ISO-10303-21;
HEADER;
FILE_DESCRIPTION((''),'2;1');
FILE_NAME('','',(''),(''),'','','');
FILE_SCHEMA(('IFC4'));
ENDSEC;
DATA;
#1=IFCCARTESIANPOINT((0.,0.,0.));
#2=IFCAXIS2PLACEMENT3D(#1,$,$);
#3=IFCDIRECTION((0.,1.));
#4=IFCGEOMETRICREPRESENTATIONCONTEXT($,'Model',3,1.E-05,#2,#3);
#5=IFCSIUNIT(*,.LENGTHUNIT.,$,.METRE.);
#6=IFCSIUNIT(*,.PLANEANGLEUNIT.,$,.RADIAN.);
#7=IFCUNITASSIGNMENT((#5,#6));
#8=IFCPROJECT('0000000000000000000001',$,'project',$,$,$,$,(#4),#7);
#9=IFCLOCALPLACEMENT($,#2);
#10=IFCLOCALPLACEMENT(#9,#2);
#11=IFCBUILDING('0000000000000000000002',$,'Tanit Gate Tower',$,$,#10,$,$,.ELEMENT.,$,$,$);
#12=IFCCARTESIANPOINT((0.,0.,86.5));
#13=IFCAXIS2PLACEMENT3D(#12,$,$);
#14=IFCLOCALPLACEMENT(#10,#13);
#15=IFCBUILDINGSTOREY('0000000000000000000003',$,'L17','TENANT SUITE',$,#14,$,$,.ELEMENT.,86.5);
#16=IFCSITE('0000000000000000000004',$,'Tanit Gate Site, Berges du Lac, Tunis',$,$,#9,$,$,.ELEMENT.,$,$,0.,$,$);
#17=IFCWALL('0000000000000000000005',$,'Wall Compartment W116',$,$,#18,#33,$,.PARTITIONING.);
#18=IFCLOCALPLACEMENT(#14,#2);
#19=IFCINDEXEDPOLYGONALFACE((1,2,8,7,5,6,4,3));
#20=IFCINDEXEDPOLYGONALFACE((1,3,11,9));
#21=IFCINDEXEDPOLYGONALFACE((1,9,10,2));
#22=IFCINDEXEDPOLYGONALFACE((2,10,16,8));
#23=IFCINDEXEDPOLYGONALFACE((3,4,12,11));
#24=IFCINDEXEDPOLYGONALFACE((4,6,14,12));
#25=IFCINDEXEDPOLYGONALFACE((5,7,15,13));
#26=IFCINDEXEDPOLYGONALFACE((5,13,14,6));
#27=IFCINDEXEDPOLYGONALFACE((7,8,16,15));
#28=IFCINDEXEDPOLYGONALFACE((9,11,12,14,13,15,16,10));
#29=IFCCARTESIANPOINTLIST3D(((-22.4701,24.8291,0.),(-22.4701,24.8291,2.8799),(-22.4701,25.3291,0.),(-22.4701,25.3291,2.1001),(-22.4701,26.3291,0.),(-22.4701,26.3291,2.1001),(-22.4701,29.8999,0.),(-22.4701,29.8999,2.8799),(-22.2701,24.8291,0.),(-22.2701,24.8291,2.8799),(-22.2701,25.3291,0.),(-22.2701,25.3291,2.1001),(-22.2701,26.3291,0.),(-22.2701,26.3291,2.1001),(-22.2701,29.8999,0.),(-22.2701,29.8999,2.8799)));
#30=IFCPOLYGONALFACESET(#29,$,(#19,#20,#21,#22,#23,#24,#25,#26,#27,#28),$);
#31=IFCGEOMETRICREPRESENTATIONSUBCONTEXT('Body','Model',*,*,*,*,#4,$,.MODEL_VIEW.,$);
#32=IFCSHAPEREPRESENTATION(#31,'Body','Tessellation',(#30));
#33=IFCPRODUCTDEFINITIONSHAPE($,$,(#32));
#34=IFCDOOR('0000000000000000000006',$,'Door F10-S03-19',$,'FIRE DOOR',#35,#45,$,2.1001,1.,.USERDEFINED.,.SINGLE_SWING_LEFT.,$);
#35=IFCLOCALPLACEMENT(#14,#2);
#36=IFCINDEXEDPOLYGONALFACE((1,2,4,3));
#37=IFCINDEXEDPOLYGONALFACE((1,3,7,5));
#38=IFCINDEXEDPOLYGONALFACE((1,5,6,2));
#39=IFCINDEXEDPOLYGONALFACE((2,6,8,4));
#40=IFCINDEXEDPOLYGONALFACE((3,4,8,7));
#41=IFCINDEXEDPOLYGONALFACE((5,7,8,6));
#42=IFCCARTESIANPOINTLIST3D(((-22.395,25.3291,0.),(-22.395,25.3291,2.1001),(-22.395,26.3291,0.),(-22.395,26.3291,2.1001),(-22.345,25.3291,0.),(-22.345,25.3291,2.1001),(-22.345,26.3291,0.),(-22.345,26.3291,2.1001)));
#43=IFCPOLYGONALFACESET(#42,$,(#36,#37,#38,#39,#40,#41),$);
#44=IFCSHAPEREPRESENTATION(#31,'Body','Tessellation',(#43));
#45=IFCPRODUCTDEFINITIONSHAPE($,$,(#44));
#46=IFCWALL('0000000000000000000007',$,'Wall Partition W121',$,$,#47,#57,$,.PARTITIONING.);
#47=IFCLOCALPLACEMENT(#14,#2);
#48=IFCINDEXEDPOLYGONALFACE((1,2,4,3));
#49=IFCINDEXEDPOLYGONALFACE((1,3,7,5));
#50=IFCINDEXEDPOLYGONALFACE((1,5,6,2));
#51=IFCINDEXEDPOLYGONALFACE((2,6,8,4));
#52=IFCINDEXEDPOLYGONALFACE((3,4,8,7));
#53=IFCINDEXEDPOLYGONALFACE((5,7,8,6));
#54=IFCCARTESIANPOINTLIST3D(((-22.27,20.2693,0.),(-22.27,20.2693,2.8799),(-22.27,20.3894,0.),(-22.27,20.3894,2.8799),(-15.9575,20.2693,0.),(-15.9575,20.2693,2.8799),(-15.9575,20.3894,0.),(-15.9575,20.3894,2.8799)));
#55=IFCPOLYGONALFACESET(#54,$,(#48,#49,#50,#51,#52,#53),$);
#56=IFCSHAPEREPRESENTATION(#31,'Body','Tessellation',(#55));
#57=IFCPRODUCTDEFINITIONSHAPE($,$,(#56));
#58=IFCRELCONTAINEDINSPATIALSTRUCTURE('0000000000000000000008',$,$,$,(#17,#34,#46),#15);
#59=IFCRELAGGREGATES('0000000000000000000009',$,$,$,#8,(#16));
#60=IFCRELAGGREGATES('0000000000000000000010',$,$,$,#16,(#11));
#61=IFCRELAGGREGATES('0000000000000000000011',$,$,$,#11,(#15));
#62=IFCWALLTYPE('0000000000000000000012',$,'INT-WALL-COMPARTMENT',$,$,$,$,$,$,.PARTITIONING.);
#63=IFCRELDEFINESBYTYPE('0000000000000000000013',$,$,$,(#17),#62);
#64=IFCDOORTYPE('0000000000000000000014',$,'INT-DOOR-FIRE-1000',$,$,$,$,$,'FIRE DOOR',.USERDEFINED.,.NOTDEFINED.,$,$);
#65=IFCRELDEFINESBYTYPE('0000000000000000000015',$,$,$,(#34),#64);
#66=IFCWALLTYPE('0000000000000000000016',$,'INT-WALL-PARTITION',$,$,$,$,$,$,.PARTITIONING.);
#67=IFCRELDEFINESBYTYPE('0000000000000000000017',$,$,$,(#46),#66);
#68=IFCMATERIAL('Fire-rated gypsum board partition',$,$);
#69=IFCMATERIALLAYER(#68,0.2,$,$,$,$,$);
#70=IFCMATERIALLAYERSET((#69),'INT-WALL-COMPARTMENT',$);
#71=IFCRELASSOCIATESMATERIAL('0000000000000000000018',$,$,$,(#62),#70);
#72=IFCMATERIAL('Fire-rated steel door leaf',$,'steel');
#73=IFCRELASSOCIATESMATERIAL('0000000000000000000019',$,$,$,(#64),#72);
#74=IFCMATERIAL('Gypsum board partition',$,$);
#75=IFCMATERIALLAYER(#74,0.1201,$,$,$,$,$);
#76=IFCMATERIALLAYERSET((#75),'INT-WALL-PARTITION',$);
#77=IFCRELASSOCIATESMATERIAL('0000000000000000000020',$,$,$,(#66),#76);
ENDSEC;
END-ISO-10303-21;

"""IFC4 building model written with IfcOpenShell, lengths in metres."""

from ifc_helpers import new_model, si_unit, direction, frame, frame_2d, origin, place, context, subcontext, project, spatial, rectangle, extrude, material, layer, layer_set, type_object, element, fill, save


model = new_model("IFC4")

# Units and contexts
model_context = context("Model", 3, precision=1e-05, world=origin(), true_north=direction((0.0, 1.0)))
body_context = subcontext(model_context, "Body", "Model", "MODEL_VIEW")
ifc_project = project(units=[si_unit("LENGTHUNIT", "METRE"), si_unit("PLANEANGLEUNIT", "RADIAN")], contexts=[model_context])

# Site, building, storey
site_placement = place(None, origin())
site = spatial("IfcSite", under=ifc_project, at=site_placement, Name="Tanit Gate Site, Berges du Lac, Tunis", CompositionType="ELEMENT", RefElevation=0.0)
building_placement = place(site_placement, origin())
building = spatial("IfcBuilding", under=site, at=building_placement, Name="Tanit Gate Tower", CompositionType="ELEMENT")
storey_placement = place(building_placement, frame((0.0, 0.0, 86.5)))
storey = spatial("IfcBuildingStorey", under=building, at=storey_placement, Name="L17", Description="TENANT SUITE", CompositionType="ELEMENT", Elevation=86.5)

# Shared definitions
ifc_material_1 = material(Name="Fire-rated gypsum board partition")
ifc_layer_1 = layer(ifc_material_1, 0.2)
ifc_layer_set_1 = layer_set([ifc_layer_1], Name="INT-WALL-COMPARTMENT")
wall_type_1 = type_object("IfcWallType", Name="INT-WALL-COMPARTMENT", PredefinedType="PARTITIONING", material=ifc_layer_set_1)

# Wall, opening, door
wall_1_placement = place(storey_placement, frame((-22.3701, 24.8291, 0.0), z_axis=(0.0, 0.0, 1.0), x_axis=(0.0, 1.0, 0.0)))
wall_1 = element("IfcWall", 1, at=wall_1_placement, inside=storey, type_object=wall_type_1, Name="Wall Compartment W116", PredefinedType="PARTITIONING", context=body_context, shape_type="SweptSolid", body=[
    extrude(rectangle(XDim=5.0708, YDim=0.2, at=frame_2d((2.5354, 0.0))), origin(), (0.0, 0.0, 1.0), 2.8799),
])
opening_placement = place(wall_1_placement, frame((0.5, 0.0, 0.0)))
opening = element("IfcOpeningElement", 2, at=opening_placement, cuts=wall_1, PredefinedType="OPENING", context=body_context, shape_type="SweptSolid", body=[
    extrude(rectangle(XDim=1.0, YDim=2.1001, at=frame_2d((0.5, 1.05))), frame((0.0, 0.1099, 0.0), z_axis=(0.0, -1.0, 0.0), x_axis=(1.0, 0.0, 0.0)), (0.0, 0.0, 1.0), 0.22),
])
ifc_material_2 = material(Name="Fire-rated steel door leaf", Category="steel")
door_type = type_object("IfcDoorType", Name="INT-DOOR-FIRE-1000", ElementType="FIRE DOOR", OperationType="NOTDEFINED", PredefinedType="USERDEFINED", material=ifc_material_2)
door_placement = place(opening_placement, origin())
door = element("IfcDoor", 3, at=door_placement, inside=storey, type_object=door_type, Name="Door F10-S03-19", ObjectType="FIRE DOOR", OperationType="SINGLE_SWING_LEFT", OverallHeight=2.1001, OverallWidth=1.0, PredefinedType="USERDEFINED", context=body_context, shape_type="SweptSolid", body=[
    extrude(rectangle(XDim=1.0, YDim=2.1001, at=frame_2d((0.5, 1.05))), frame((0.0, 0.0249, 0.0), z_axis=(0.0, -1.0, 0.0), x_axis=(1.0, 0.0, 0.0)), (0.0, 0.0, 1.0), 0.05),
])
fill(opening, door)

# Wall
ifc_material_3 = material(Name="Gypsum board partition")
ifc_layer_2 = layer(ifc_material_3, 0.1201)
ifc_layer_set_2 = layer_set([ifc_layer_2], Name="INT-WALL-PARTITION")
wall_type_2 = type_object("IfcWallType", Name="INT-WALL-PARTITION", PredefinedType="PARTITIONING", material=ifc_layer_set_2)
wall_2_placement = place(storey_placement, frame((-22.27, 20.3293, 0.0), z_axis=(0.0, 0.0, 1.0), x_axis=(1.0, 0.0, 0.0)))
element("IfcWall", 4, at=wall_2_placement, inside=storey, type_object=wall_type_2, Name="Wall Partition W121", PredefinedType="PARTITIONING", context=body_context, shape_type="SweptSolid", body=[
    extrude(rectangle(XDim=6.3125, YDim=0.1201, at=frame_2d((3.1562, 0.0))), origin(), (0.0, 0.0, 1.0), 2.8799),
])

save(model, "model.ifc")
